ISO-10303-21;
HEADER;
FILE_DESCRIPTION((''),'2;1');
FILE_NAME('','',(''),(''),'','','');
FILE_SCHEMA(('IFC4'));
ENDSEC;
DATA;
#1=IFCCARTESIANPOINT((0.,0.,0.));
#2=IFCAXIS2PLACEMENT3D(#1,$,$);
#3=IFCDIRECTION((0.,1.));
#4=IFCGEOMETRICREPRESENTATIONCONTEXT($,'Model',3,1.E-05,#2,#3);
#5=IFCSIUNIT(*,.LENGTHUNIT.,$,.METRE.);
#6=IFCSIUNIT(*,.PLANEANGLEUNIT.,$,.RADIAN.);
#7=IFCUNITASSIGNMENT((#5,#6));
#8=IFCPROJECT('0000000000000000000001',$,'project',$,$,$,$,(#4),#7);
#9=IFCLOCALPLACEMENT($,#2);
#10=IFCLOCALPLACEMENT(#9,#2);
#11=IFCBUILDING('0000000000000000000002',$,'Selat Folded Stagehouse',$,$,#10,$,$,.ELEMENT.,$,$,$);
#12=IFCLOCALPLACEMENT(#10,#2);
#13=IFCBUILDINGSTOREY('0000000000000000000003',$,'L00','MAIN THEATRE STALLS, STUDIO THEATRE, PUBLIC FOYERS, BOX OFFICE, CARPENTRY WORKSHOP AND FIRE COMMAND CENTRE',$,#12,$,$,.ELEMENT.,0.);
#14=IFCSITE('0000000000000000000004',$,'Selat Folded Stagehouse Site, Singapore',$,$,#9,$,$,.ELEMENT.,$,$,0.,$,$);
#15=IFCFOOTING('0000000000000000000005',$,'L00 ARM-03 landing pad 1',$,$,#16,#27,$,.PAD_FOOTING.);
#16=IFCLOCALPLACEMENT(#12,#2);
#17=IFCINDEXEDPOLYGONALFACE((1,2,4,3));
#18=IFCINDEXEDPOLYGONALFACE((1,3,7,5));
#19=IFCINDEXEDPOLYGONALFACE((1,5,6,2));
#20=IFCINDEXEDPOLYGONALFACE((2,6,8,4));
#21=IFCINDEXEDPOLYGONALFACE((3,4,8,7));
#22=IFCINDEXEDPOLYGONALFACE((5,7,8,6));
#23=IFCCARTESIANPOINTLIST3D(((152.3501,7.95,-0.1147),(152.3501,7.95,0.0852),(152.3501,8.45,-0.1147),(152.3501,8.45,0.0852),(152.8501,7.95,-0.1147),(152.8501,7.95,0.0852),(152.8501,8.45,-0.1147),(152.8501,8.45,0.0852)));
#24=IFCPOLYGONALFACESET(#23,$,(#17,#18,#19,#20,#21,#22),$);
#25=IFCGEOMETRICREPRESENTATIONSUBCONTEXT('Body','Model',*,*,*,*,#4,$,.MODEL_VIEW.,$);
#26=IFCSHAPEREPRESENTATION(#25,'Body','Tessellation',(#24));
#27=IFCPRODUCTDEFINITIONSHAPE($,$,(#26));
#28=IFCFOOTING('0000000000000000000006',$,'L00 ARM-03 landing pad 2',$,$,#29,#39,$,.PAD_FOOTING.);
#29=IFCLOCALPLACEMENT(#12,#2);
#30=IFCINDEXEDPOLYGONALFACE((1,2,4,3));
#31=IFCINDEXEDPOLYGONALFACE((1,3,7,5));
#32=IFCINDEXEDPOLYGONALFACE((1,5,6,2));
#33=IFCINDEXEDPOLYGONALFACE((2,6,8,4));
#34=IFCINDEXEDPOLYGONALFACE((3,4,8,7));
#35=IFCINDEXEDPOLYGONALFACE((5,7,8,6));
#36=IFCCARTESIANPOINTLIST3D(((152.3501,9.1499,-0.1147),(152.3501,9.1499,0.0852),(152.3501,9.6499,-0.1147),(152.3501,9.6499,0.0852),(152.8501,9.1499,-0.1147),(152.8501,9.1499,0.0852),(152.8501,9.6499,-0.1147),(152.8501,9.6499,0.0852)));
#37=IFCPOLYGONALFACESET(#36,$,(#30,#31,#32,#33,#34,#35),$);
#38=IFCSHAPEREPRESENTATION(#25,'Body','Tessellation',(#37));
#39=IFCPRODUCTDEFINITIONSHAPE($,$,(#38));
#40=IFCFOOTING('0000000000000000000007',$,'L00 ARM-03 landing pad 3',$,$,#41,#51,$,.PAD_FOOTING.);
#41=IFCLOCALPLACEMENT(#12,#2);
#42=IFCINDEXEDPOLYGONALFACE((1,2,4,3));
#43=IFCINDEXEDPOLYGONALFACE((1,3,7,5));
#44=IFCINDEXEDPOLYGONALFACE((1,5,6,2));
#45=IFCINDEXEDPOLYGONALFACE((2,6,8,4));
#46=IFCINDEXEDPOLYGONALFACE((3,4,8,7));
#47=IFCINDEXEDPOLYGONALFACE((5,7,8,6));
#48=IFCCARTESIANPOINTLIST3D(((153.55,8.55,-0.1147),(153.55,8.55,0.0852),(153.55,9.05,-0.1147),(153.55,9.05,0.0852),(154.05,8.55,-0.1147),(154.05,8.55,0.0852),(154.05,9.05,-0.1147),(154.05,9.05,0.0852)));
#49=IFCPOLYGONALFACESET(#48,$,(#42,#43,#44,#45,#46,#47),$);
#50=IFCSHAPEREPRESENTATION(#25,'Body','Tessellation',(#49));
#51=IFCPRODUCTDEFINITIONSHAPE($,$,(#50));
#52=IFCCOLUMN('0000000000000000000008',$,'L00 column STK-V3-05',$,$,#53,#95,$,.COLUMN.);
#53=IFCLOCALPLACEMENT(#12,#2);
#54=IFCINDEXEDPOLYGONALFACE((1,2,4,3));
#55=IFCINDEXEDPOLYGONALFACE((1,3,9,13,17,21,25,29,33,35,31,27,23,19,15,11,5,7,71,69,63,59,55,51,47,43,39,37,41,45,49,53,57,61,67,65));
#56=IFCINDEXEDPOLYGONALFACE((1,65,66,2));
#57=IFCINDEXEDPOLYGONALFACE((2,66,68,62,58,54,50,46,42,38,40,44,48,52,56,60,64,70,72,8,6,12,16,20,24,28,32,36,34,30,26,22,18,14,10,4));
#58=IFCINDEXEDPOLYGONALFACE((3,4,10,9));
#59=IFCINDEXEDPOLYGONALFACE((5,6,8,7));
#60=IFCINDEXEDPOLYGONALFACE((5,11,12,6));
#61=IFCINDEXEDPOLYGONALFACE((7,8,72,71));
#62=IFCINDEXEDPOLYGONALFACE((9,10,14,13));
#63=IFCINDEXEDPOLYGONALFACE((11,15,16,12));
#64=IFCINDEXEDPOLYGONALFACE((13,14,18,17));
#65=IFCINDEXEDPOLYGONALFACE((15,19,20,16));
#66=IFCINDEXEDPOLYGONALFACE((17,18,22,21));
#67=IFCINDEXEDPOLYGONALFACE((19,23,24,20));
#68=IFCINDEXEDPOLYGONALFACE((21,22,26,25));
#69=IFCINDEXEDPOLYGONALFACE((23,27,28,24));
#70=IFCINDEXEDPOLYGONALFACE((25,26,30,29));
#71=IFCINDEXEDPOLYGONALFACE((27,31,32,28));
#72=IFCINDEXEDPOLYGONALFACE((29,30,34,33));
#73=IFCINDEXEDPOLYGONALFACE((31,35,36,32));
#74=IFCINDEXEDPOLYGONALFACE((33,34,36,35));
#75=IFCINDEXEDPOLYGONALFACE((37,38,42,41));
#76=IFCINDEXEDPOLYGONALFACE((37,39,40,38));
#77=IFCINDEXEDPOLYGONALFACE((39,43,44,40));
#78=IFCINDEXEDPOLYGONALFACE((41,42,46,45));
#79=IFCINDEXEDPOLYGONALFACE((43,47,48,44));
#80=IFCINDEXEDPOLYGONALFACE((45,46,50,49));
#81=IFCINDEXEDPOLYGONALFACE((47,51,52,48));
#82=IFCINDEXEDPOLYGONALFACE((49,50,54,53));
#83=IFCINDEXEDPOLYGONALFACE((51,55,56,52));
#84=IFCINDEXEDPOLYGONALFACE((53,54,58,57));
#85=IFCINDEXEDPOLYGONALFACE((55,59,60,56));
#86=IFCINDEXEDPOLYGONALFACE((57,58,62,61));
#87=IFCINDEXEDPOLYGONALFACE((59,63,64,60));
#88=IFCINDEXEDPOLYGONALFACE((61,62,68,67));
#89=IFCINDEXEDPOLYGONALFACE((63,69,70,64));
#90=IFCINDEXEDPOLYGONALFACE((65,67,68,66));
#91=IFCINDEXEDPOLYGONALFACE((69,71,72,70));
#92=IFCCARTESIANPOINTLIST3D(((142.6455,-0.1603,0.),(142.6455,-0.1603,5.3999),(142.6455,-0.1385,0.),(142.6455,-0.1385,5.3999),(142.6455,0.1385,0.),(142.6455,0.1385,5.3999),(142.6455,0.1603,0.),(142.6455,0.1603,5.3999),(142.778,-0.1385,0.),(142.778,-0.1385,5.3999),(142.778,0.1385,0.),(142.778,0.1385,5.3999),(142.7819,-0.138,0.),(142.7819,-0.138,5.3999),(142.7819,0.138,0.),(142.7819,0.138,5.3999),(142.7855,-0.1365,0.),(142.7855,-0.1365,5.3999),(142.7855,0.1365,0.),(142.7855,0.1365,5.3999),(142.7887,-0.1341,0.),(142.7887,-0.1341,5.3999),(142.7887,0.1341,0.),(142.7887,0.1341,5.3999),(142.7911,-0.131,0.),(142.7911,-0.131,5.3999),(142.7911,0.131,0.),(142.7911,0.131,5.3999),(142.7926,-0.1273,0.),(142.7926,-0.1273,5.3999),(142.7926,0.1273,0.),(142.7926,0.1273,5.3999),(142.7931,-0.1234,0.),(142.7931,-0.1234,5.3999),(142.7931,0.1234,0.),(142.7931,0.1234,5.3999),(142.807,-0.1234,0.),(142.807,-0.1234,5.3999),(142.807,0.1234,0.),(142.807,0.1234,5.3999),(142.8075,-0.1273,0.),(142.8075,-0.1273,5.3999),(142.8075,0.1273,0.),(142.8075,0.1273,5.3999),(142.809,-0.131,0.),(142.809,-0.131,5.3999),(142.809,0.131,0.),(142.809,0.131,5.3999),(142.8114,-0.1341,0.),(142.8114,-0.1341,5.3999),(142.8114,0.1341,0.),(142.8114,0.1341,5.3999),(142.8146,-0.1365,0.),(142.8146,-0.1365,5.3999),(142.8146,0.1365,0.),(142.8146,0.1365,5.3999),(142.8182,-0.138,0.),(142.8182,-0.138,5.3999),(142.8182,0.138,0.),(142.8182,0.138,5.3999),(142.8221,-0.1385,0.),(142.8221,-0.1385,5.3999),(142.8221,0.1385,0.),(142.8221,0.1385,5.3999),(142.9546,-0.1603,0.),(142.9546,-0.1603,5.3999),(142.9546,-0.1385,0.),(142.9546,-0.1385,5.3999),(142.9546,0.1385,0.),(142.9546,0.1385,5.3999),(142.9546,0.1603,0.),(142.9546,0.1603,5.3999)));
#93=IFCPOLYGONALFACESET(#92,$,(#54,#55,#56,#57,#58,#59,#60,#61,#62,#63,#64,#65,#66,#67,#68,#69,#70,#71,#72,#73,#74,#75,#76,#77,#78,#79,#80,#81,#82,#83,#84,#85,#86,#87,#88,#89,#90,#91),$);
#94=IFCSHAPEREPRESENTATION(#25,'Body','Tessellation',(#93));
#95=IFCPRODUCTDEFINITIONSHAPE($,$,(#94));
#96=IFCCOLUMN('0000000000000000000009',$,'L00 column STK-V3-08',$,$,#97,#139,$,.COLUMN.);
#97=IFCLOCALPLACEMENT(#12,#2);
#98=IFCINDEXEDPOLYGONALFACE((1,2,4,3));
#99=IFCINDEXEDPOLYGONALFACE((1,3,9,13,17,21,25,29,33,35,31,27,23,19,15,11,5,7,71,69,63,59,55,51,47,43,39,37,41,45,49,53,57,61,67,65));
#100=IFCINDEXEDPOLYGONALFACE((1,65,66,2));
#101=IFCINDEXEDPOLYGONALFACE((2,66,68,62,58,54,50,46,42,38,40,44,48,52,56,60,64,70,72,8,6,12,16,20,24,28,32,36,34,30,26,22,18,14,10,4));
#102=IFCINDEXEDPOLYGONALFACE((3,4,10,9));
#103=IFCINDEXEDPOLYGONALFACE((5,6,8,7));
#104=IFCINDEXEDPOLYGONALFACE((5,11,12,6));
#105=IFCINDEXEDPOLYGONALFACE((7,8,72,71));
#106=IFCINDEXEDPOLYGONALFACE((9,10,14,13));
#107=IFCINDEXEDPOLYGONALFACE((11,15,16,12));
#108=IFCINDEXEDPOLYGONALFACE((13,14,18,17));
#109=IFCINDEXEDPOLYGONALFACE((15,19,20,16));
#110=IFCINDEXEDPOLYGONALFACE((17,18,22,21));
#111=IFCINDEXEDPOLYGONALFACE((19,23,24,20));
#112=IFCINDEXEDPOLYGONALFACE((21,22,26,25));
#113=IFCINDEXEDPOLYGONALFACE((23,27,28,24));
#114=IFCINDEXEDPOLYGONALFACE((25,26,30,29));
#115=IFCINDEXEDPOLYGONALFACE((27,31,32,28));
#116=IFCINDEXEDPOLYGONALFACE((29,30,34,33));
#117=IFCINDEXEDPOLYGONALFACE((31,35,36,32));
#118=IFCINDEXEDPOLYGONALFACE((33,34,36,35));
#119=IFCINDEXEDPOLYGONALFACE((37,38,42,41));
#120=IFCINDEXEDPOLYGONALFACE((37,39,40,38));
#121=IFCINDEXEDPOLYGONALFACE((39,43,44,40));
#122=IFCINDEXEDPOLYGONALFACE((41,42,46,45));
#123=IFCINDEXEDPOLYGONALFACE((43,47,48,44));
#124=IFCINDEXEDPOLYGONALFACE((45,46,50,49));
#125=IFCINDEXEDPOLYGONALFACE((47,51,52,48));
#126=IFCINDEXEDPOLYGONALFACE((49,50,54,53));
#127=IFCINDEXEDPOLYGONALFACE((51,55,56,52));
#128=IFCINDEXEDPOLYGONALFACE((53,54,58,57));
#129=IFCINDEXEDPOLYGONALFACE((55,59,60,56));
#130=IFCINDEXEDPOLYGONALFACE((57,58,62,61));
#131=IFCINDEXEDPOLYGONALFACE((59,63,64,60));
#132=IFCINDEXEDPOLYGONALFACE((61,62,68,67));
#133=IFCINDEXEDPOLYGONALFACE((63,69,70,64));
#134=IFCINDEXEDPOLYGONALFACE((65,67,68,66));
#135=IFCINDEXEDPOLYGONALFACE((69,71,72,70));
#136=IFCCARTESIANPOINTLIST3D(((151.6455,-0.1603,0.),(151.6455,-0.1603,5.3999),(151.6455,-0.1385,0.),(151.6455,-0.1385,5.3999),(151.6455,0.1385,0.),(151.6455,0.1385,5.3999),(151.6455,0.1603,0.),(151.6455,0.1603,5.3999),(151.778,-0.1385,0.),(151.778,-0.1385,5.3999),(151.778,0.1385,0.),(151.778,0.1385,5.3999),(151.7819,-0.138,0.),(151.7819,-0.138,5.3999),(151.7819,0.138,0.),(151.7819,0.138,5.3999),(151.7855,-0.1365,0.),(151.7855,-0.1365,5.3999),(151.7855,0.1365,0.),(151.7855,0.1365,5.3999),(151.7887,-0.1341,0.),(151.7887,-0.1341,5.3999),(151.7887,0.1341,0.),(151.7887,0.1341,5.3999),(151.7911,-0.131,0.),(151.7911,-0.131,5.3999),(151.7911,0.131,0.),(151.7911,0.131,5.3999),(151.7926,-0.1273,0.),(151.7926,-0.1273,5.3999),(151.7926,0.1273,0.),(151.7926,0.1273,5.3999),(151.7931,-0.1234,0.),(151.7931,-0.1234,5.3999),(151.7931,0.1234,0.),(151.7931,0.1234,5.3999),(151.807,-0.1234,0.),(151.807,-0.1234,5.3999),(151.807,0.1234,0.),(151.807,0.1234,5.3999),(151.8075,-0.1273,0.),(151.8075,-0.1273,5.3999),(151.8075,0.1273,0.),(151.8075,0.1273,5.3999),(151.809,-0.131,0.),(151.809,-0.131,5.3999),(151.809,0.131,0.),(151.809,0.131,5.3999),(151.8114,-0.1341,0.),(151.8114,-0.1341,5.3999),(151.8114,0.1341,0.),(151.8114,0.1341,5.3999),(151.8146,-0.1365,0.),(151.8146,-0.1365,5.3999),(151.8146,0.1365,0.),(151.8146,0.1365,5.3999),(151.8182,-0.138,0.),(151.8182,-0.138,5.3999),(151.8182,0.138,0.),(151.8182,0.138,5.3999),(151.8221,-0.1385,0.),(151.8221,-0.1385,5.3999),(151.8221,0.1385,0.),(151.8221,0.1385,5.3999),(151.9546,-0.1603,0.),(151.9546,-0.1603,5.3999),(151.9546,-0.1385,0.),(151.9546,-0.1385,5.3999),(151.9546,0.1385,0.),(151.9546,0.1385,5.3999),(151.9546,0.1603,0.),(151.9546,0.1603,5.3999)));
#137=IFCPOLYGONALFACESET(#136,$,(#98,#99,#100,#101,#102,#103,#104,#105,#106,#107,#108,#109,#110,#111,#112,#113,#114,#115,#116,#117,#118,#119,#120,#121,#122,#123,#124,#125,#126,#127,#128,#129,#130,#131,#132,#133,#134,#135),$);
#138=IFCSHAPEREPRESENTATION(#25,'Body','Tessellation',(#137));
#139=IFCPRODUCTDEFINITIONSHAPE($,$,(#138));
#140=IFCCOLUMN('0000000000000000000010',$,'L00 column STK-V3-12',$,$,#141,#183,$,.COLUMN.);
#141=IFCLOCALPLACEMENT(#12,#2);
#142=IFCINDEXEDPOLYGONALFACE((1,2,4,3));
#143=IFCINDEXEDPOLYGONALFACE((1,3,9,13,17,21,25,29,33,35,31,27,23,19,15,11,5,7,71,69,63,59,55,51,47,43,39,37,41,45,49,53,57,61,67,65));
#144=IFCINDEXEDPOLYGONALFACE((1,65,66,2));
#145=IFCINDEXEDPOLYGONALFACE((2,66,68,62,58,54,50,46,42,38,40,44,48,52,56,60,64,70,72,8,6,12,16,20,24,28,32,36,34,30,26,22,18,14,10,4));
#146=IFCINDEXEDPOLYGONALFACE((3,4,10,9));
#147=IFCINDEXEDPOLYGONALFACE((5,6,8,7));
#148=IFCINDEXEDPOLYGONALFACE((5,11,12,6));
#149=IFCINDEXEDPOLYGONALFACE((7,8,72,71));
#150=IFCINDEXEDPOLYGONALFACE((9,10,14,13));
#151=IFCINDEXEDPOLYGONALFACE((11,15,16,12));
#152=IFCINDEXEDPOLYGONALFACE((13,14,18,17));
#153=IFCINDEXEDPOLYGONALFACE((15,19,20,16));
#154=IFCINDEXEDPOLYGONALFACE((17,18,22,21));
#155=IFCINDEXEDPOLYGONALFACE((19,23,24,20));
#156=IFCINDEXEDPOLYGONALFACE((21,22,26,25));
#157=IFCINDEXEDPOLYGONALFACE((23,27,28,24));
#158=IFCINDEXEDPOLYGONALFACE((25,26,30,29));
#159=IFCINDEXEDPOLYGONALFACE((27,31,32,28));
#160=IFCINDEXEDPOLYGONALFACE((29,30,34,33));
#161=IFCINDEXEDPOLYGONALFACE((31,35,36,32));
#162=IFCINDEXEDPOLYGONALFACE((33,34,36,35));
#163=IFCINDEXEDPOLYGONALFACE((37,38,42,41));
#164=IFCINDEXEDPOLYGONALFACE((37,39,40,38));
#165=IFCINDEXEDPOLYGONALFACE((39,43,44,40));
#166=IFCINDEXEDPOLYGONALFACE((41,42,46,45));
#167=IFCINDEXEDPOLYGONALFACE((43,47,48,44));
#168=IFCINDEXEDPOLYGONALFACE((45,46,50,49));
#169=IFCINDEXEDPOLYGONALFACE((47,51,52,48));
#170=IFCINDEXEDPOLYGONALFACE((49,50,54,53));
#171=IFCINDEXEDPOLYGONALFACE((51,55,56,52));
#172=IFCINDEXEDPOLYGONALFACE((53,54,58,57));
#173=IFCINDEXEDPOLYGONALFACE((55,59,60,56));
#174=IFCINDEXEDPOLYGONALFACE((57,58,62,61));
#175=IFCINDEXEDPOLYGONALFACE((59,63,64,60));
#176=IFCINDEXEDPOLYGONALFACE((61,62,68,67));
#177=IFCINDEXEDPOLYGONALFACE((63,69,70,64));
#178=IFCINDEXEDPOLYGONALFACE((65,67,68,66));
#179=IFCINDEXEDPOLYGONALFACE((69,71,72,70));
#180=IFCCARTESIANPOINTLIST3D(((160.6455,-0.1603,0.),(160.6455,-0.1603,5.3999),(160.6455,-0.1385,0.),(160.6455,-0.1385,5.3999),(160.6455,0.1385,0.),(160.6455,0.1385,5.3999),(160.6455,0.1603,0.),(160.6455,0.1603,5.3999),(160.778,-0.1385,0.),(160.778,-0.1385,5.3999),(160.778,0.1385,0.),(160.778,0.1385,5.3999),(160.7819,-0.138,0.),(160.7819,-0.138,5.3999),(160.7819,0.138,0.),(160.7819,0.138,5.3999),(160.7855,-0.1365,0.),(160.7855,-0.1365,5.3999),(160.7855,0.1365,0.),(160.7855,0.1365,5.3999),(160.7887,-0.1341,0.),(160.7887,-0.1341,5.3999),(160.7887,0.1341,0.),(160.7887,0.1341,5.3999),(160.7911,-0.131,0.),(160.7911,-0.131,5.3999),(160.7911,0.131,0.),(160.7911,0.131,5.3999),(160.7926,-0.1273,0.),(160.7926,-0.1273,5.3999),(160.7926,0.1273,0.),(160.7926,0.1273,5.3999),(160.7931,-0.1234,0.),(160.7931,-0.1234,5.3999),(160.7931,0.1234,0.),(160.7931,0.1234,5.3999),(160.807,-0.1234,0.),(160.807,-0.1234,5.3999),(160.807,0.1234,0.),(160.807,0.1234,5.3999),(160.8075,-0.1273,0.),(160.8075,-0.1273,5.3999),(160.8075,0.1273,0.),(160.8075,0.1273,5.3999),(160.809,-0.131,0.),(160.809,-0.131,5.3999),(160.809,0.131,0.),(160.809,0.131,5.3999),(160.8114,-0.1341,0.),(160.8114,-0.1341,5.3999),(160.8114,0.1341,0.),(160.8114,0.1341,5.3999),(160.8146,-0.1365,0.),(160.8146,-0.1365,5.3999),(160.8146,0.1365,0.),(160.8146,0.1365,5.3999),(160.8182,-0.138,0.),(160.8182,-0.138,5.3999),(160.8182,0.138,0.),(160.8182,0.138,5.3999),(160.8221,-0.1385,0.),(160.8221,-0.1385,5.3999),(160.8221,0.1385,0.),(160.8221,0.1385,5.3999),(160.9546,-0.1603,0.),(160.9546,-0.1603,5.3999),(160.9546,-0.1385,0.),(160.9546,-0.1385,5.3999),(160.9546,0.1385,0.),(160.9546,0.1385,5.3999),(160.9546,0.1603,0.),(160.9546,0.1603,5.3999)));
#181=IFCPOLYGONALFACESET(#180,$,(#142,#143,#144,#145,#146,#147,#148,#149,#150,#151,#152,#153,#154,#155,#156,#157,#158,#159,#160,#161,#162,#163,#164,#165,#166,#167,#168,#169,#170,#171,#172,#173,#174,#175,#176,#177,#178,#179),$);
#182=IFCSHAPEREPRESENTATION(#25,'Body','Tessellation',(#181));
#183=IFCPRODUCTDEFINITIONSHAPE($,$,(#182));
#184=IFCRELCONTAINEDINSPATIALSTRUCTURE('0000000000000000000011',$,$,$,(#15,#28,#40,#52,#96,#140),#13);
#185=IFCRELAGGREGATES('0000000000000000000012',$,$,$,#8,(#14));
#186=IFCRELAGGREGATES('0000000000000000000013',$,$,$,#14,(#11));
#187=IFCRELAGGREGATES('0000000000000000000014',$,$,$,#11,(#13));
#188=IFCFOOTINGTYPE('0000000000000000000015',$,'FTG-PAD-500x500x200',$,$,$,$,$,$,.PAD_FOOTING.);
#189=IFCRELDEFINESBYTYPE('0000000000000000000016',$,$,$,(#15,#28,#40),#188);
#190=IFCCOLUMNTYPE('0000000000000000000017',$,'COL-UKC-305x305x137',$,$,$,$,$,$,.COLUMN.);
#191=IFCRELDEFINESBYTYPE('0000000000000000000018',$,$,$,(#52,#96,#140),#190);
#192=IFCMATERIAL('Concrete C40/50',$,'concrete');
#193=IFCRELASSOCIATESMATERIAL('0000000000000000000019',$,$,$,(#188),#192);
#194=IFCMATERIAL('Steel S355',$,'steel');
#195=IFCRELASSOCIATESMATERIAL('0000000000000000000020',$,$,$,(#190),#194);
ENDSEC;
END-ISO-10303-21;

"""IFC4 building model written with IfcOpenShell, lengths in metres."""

from ifc_helpers import new_model, si_unit, direction, frame, origin, origin_2d, place, context, subcontext, project, spatial, rectangle, i_section, extrude, material, material_profile, profile_set, type_object, element, save


model = new_model("IFC4")

# Units and contexts
model_context = context("Model", 3, precision=1e-05, world=origin(), true_north=direction((0.0, 1.0)))
body_context = subcontext(model_context, "Body", "Model", "MODEL_VIEW")
ifc_project = project(units=[si_unit("LENGTHUNIT", "METRE"), si_unit("PLANEANGLEUNIT", "RADIAN")], contexts=[model_context])

# Site, building, storey
site_placement = place(None, origin())
site = spatial("IfcSite", under=ifc_project, at=site_placement, Name="Selat Folded Stagehouse Site, Singapore", CompositionType="ELEMENT", RefElevation=0.0)
building_placement = place(site_placement, origin())
building = spatial("IfcBuilding", under=site, at=building_placement, Name="Selat Folded Stagehouse", CompositionType="ELEMENT")
storey_placement = place(building_placement, origin())
storey = spatial("IfcBuildingStorey", under=building, at=storey_placement, Name="L00", Description="MAIN THEATRE STALLS, STUDIO THEATRE, PUBLIC FOYERS, BOX OFFICE, CARPENTRY WORKSHOP AND FIRE COMMAND CENTRE", CompositionType="ELEMENT", Elevation=0.0)

# Footings
ifc_material_1 = material(Name="Concrete C40/50", Category="concrete")
footing_type = type_object("IfcFootingType", Name="FTG-PAD-500x500x200", PredefinedType="PAD_FOOTING", material=ifc_material_1)
for number, where, z_axis, x_axis, name in (
    (1, (152.6001, 8.2, -0.1147), (0.0, 0.0, 1.0), (1.0, 0.0, 0.0), "L00 ARM-03 landing pad 1"),
    (2, (152.6001, 9.3999, -0.1147), (0.0, 0.0, 1.0), (1.0, 0.0, 0.0), "L00 ARM-03 landing pad 2"),
    (3, (153.8, 8.8, -0.1147), (0.0, 0.0, 1.0), (1.0, 0.0, 0.0), "L00 ARM-03 landing pad 3"),
):
    element("IfcFooting", number, at=place(storey_placement, frame(where, z_axis=z_axis, x_axis=x_axis)), inside=storey, type_object=footing_type, Name=name, PredefinedType="PAD_FOOTING", context=body_context, shape_type="SweptSolid", body=[
        extrude(rectangle(XDim=0.5, YDim=0.5, at=origin_2d()), origin(), (0.0, 0.0, 1.0), 0.2),
    ])

# Columns
ifc_material_2 = material(Name="Steel S355", Category="steel")
ifc_material_profile_1 = material_profile(ifc_material_2, i_section(OverallWidth=0.3091, OverallDepth=0.3206, WebThickness=0.0139, FlangeThickness=0.0217, FilletRadius=0.0151, at=origin_2d()), Name="UKC 305x305x137")
ifc_profile_set_1 = profile_set([ifc_material_profile_1], Name="Steel S355")
column_type = type_object("IfcColumnType", Name="COL-UKC-305x305x137", PredefinedType="COLUMN", material=ifc_profile_set_1)
for number, where, z_axis, x_axis, name in (
    (4, (142.8, 0.0, 0.0), (0.0, 0.0, 1.0), (1.0, 0.0, 0.0), "L00 column STK-V3-05"),
    (5, (151.8, 0.0, 0.0), (0.0, 0.0, 1.0), (1.0, 0.0, 0.0), "L00 column STK-V3-08"),
    (6, (160.8, 0.0, 0.0), (0.0, 0.0, 1.0), (1.0, 0.0, 0.0), "L00 column STK-V3-12"),
):
    element("IfcColumn", number, at=place(storey_placement, frame(where, z_axis=z_axis, x_axis=x_axis)), inside=storey, type_object=column_type, Name=name, PredefinedType="COLUMN", context=body_context, shape_type="SweptSolid", body=[
        extrude(i_section(OverallWidth=0.3091, OverallDepth=0.3206, WebThickness=0.0139, FlangeThickness=0.0217, FilletRadius=0.0151, at=origin_2d()), origin(), (0.0, 0.0, 1.0), 5.3999),
    ])

save(model, "model.ifc")
